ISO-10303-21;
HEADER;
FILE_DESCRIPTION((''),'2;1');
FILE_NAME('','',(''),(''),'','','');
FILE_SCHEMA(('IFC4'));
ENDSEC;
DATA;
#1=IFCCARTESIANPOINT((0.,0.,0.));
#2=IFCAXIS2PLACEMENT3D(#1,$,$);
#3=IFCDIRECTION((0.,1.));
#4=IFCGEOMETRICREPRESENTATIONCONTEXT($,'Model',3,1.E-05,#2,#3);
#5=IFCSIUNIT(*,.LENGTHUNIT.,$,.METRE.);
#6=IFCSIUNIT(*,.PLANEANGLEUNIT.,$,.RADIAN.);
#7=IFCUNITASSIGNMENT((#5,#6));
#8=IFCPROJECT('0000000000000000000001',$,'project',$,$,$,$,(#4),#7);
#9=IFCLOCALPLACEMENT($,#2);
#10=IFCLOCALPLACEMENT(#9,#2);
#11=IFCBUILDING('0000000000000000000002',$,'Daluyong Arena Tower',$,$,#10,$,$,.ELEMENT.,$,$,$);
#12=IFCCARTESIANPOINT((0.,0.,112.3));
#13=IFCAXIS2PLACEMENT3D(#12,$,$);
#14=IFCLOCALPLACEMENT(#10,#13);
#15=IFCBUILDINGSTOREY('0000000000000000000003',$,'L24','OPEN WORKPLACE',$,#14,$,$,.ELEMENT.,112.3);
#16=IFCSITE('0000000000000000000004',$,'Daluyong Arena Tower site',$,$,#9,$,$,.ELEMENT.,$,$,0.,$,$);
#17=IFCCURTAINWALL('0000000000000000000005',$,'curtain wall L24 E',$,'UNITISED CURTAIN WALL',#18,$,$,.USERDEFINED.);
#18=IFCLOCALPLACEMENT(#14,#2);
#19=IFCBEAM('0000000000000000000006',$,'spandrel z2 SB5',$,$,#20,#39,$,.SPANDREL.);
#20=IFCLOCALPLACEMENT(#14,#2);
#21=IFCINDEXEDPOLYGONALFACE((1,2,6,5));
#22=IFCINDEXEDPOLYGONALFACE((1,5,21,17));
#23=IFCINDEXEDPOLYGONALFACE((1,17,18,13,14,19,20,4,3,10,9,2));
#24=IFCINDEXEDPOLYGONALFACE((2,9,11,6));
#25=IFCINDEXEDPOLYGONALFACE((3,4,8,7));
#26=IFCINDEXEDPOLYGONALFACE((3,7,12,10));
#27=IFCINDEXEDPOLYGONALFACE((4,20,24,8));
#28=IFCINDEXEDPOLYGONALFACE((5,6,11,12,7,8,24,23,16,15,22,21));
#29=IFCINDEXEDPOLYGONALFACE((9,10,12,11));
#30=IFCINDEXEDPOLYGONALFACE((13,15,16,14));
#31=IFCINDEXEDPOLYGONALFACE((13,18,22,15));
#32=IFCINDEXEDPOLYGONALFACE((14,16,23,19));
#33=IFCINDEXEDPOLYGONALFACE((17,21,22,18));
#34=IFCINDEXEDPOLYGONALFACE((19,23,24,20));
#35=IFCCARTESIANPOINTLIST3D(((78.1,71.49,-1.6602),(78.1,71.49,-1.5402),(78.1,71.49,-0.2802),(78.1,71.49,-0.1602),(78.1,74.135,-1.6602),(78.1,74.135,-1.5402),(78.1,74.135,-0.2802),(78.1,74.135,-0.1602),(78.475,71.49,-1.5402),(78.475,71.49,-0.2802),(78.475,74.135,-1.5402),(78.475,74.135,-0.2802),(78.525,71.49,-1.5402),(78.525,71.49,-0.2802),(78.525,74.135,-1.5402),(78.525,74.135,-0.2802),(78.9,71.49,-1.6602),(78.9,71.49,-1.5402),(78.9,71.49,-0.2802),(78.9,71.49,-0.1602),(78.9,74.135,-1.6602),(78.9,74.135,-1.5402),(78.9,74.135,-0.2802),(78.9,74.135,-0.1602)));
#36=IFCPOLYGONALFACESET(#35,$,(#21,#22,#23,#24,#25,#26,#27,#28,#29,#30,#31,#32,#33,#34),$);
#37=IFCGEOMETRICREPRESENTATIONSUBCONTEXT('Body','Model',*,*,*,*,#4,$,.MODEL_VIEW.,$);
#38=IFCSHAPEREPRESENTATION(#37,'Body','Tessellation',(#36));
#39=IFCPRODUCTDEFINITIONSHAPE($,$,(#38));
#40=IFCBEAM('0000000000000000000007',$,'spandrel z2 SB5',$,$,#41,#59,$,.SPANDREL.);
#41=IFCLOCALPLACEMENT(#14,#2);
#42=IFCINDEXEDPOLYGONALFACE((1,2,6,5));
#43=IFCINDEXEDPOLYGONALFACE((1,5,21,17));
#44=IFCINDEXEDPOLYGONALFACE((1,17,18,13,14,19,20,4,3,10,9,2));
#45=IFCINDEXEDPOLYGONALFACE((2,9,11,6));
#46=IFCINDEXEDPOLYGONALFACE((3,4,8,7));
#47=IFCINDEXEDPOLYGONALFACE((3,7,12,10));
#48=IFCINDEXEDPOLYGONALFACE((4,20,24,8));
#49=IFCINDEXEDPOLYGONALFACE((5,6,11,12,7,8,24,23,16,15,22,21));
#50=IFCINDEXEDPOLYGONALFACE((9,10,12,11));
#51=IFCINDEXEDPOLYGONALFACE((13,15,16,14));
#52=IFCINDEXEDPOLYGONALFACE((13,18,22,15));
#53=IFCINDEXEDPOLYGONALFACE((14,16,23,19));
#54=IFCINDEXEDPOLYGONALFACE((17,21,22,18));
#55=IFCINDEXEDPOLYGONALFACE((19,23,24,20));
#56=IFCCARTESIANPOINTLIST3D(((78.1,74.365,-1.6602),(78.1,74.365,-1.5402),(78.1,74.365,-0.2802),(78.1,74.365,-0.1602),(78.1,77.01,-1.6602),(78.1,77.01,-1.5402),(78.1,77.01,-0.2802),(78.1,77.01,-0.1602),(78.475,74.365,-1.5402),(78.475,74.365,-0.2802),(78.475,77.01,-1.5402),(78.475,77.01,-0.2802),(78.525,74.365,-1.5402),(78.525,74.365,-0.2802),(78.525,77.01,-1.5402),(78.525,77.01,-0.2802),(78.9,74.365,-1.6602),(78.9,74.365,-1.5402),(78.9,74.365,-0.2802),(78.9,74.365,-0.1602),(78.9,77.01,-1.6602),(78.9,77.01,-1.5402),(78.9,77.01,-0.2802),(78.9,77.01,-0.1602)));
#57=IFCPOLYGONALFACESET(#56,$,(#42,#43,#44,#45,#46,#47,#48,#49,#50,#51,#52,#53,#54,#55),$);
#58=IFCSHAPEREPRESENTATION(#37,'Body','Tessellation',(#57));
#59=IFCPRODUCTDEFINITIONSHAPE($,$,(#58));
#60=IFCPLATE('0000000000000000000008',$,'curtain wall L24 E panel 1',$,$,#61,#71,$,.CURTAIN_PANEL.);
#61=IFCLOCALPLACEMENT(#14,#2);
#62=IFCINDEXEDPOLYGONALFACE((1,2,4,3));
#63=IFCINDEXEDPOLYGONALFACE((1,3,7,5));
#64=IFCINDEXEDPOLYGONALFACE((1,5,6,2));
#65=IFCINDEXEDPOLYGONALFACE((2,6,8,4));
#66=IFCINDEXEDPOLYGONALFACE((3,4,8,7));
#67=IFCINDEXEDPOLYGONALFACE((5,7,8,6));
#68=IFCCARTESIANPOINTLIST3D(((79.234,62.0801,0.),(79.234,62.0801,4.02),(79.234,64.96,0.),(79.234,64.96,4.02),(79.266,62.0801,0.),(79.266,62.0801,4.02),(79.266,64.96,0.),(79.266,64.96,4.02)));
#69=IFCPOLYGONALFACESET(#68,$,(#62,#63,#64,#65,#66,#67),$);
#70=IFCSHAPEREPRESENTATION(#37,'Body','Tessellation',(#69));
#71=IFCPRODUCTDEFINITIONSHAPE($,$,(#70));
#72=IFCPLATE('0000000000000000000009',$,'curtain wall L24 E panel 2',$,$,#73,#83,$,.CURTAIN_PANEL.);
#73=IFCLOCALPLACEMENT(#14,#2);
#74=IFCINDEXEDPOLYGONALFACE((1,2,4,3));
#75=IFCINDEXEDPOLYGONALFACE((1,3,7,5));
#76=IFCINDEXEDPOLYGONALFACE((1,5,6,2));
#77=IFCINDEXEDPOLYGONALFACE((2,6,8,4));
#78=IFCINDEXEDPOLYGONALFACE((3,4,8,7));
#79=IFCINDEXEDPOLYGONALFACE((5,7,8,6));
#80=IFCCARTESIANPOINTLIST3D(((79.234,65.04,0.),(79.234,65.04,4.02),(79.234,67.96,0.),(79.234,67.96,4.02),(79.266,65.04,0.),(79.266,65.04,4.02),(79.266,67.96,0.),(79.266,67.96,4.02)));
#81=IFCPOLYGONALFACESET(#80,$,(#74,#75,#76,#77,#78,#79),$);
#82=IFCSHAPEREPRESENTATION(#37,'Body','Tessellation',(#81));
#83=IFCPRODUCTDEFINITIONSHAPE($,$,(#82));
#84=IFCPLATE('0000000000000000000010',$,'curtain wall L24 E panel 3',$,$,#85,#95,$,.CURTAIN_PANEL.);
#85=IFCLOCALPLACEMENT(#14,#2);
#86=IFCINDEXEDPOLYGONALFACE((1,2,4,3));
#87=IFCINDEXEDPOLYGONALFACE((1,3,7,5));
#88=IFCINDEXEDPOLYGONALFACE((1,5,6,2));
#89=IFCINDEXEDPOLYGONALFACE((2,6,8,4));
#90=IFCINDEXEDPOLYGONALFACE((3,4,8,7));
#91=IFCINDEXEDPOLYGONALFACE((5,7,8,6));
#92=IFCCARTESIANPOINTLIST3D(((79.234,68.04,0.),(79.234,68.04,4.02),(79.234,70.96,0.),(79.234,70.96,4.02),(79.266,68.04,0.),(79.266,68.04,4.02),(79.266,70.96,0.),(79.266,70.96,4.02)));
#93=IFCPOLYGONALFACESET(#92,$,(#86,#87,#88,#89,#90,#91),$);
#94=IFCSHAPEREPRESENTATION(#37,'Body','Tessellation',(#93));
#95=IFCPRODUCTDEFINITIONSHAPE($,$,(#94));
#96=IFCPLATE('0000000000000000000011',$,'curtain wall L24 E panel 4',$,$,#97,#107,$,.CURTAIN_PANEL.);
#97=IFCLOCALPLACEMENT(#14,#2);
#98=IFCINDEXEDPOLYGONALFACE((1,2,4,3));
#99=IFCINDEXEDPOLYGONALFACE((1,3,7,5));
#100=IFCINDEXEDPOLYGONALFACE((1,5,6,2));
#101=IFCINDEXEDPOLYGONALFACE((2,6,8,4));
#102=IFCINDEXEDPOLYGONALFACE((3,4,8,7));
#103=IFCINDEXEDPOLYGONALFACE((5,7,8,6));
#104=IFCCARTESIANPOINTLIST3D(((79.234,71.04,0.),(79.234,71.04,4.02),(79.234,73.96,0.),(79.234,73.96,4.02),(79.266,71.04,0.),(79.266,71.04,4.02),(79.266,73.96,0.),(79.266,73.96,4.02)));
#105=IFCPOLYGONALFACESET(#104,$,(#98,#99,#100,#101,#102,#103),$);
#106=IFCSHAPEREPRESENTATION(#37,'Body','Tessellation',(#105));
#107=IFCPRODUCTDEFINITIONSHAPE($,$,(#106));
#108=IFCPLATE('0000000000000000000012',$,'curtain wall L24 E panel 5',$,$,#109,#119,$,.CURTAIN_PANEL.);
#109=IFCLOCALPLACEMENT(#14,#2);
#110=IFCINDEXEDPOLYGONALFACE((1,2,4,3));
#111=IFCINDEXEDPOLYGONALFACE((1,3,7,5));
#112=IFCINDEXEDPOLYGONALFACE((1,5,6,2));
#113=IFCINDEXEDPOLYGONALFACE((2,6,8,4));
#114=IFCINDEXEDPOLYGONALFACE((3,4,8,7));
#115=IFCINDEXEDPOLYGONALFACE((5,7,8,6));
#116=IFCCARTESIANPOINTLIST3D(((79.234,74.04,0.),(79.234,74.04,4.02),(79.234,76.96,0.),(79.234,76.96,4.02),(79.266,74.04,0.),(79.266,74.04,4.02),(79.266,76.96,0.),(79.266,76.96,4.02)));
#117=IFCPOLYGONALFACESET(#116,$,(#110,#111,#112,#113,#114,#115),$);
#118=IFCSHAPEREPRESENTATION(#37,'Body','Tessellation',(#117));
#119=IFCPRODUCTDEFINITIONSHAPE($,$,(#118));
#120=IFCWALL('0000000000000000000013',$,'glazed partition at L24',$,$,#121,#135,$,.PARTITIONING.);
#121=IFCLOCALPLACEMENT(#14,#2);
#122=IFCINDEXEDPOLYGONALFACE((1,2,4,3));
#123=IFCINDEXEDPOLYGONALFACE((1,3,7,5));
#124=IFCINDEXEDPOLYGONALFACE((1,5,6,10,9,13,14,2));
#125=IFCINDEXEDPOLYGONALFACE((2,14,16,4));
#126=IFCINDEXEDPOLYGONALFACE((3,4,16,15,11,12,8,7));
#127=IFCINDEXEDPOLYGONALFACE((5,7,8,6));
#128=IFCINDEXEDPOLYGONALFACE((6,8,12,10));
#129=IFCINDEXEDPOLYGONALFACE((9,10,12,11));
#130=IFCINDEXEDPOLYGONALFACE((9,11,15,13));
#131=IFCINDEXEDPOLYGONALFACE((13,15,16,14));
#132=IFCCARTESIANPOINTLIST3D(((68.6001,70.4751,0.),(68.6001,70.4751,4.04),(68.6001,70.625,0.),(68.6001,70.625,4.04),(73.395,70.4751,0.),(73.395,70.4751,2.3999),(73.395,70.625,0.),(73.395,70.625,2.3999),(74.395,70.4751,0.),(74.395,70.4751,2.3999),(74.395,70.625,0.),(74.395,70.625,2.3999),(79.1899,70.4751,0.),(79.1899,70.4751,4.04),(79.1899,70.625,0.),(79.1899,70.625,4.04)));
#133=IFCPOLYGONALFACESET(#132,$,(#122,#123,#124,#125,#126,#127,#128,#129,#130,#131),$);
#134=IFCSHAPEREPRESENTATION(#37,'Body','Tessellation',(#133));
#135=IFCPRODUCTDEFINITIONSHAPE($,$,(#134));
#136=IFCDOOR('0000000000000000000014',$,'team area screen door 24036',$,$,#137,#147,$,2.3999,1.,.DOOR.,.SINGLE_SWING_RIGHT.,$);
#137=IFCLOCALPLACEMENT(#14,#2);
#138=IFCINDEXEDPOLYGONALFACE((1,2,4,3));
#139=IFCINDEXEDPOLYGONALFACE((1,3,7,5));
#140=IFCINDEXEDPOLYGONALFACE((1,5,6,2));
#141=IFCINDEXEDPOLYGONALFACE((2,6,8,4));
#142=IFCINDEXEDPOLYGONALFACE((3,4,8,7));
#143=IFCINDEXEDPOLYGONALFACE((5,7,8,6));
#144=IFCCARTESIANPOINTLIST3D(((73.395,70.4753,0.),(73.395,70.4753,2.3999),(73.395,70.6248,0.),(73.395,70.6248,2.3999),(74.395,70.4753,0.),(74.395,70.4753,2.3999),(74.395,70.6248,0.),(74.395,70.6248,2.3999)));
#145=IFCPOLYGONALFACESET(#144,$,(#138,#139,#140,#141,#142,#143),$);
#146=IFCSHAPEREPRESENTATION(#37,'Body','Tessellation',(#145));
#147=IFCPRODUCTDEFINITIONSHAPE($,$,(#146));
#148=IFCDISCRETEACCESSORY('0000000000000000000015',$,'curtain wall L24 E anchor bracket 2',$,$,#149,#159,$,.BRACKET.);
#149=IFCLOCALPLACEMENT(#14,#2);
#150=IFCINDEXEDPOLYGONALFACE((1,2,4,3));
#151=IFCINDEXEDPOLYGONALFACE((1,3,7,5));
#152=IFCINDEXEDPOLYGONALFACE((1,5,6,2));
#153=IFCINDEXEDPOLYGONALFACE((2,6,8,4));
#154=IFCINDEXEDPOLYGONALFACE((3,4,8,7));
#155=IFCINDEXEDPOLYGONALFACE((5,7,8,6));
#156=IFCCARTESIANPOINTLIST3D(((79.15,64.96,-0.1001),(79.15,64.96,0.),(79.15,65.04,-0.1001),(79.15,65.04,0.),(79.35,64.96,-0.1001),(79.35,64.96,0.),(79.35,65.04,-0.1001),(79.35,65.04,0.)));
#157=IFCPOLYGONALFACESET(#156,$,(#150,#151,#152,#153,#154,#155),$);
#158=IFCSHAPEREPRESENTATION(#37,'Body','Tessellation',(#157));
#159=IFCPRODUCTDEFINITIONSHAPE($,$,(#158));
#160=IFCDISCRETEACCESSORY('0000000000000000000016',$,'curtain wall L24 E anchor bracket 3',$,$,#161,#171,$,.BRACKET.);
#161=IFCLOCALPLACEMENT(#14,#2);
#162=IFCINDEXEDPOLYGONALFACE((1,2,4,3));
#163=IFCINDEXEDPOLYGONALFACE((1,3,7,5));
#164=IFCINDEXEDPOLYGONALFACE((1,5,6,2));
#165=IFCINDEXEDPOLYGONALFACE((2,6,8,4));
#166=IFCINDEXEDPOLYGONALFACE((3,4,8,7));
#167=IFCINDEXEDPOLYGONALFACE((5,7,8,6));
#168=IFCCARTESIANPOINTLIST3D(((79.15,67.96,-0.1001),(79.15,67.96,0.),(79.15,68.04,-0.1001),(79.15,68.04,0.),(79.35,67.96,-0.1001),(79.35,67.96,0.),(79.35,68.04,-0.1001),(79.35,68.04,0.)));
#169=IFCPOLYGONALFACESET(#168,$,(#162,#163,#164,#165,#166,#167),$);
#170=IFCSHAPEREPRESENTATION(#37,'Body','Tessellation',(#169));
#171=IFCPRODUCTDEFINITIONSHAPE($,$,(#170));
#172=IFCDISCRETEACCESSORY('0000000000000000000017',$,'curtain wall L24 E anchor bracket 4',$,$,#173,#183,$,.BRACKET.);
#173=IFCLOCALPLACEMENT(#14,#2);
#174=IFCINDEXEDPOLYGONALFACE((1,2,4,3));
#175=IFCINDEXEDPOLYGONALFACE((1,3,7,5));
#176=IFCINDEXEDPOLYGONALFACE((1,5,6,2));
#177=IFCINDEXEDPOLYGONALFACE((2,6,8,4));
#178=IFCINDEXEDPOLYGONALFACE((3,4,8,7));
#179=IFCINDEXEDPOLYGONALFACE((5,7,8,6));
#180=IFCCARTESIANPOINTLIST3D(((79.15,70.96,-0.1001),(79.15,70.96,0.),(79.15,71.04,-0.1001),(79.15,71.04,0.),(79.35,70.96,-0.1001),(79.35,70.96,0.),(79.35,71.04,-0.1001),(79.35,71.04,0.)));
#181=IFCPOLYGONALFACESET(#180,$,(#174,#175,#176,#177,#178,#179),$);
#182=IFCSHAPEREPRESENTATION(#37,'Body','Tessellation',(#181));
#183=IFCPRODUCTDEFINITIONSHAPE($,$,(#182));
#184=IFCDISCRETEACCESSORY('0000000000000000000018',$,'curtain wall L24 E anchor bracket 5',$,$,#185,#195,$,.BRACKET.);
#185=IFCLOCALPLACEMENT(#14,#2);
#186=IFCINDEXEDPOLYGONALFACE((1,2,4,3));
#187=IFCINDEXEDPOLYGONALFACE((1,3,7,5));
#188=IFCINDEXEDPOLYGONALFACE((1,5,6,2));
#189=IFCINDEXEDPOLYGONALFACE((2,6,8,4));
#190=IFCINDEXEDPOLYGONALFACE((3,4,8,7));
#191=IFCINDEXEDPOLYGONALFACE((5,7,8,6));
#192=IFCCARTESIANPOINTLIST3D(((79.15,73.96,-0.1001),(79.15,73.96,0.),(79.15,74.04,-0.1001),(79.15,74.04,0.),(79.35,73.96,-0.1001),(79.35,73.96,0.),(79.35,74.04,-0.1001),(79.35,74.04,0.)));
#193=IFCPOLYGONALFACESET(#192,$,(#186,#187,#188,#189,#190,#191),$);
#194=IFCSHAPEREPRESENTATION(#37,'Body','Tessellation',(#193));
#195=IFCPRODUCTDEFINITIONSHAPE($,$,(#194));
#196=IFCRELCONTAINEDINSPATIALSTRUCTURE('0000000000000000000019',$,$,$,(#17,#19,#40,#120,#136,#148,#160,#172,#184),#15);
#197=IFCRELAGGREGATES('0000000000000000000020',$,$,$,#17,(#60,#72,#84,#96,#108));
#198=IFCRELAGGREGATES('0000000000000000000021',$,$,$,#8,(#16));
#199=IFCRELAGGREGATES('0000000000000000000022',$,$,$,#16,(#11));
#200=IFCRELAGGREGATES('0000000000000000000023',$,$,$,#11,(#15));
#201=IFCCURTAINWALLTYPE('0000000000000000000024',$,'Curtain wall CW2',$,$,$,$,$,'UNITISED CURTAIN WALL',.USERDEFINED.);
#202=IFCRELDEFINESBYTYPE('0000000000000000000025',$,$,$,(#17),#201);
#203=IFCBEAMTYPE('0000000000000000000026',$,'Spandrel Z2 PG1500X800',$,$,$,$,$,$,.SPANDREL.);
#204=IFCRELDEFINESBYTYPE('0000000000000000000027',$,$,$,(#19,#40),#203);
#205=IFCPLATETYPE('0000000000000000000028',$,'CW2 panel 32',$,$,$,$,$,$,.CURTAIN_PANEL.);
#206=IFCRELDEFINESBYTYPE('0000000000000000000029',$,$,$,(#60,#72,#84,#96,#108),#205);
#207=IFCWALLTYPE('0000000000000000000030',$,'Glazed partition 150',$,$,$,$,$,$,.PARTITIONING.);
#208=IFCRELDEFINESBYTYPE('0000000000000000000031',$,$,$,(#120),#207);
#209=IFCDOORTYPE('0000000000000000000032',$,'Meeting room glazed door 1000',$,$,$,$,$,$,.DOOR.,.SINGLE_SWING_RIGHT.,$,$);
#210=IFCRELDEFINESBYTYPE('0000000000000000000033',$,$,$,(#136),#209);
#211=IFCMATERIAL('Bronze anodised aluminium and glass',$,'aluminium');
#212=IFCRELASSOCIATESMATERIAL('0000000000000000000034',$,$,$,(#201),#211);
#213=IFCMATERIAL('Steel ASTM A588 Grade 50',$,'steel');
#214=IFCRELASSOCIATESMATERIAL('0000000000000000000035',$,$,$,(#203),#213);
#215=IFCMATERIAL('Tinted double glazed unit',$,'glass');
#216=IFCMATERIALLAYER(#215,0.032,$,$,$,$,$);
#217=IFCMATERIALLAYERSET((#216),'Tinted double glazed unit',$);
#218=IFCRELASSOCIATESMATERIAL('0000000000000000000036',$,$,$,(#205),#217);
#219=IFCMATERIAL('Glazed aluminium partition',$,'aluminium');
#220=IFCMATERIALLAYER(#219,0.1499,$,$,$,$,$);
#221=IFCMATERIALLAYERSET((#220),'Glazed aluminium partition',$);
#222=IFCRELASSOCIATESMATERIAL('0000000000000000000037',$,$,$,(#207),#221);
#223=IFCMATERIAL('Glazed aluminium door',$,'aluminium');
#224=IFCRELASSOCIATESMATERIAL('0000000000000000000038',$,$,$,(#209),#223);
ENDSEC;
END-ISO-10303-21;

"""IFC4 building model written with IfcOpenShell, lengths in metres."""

from ifc_helpers import new_model, si_unit, direction, frame, frame_2d, origin, origin_2d, place, context, subcontext, project, spatial, rectangle, i_section, extrude, material, layer, layer_set, material_profile, profile_set, type_object, element, fill, aggregate, save


model = new_model("IFC4")

# Units and contexts
model_context = context("Model", 3, precision=1e-05, world=origin(), true_north=direction((0.0, 1.0)))
body_context = subcontext(model_context, "Body", "Model", "MODEL_VIEW")
ifc_project = project(units=[si_unit("LENGTHUNIT", "METRE"), si_unit("PLANEANGLEUNIT", "RADIAN")], contexts=[model_context])

# Site, building, storey
site_placement = place(None, origin())
site = spatial("IfcSite", under=ifc_project, at=site_placement, Name="Daluyong Arena Tower site", CompositionType="ELEMENT", RefElevation=0.0)
building_placement = place(site_placement, origin())
building = spatial("IfcBuilding", under=site, at=building_placement, Name="Daluyong Arena Tower", CompositionType="ELEMENT")
storey_placement = place(building_placement, frame((0.0, 0.0, 112.3)))
storey = spatial("IfcBuildingStorey", under=building, at=storey_placement, Name="L24", Description="OPEN WORKPLACE", CompositionType="ELEMENT", Elevation=112.3)

# Curtain wall
ifc_material_1 = material(Name="Bronze anodised aluminium and glass", Category="aluminium")
curtain_wall_type = type_object("IfcCurtainWallType", Name="Curtain wall CW2", ElementType="UNITISED CURTAIN WALL", PredefinedType="USERDEFINED", material=ifc_material_1)
curtain_wall_placement = place(storey_placement, origin())
curtain_wall = element("IfcCurtainWall", 1, at=curtain_wall_placement, inside=storey, type_object=curtain_wall_type, Name="curtain wall L24 E", ObjectType="UNITISED CURTAIN WALL", PredefinedType="USERDEFINED")

# Beams
ifc_material_2 = material(Name="Steel ASTM A588 Grade 50", Category="steel")
ifc_material_profile_1 = material_profile(ifc_material_2, i_section(OverallWidth=0.8, OverallDepth=1.5, WebThickness=0.05, FlangeThickness=0.12, at=origin_2d()))
ifc_profile_set_1 = profile_set([ifc_material_profile_1], Name="Steel ASTM A588 Grade 50")
beam_type_1 = type_object("IfcBeamType", Name="Spandrel Z2 PG1500X800", PredefinedType="SPANDREL", material=ifc_profile_set_1)
for number, where, z_axis, x_axis, name in (
    (2, (78.5, 71.49, -0.9102), (0.0, 1.0, 0.0), (-1.0, 0.0, 0.0), "spandrel z2 SB5"),
    (3, (78.5, 74.365, -0.9102), (0.0, 1.0, 0.0), (-1.0, 0.0, 0.0), "spandrel z2 SB5"),
):
    element("IfcBeam", number, at=place(storey_placement, frame(where, z_axis=z_axis, x_axis=x_axis)), inside=storey, type_object=beam_type_1, Name=name, PredefinedType="SPANDREL", context=body_context, shape_type="SweptSolid", body=[
        extrude(i_section(OverallWidth=0.8, OverallDepth=1.5, WebThickness=0.05, FlangeThickness=0.12, at=origin_2d()), origin(), (0.0, 0.0, 1.0), 2.645),
    ])

# Plates
ifc_material_3 = material(Name="Tinted double glazed unit", Category="glass")
ifc_layer_1 = layer(ifc_material_3, 0.032)
ifc_layer_set_1 = layer_set([ifc_layer_1], Name="Tinted double glazed unit")
plate_type = type_object("IfcPlateType", Name="CW2 panel 32", PredefinedType="CURTAIN_PANEL", material=ifc_layer_set_1)
plate_1_placement = place(storey_placement, frame((79.25, 63.52, 0.0), z_axis=(0.0, 0.0, 1.0), x_axis=(0.0, 1.0, 0.0)))
plate_1 = element("IfcPlate", 4, at=plate_1_placement, type_object=plate_type, Name="curtain wall L24 E panel 1", PredefinedType="CURTAIN_PANEL", context=body_context, shape_type="SweptSolid", body=[
    extrude(rectangle(XDim=2.8799, YDim=0.032, at=origin_2d()), origin(), (0.0, 0.0, 1.0), 4.02),
])
plate_2_placement = place(storey_placement, frame((79.25, 66.5, 0.0), z_axis=(0.0, 0.0, 1.0), x_axis=(0.0, 1.0, 0.0)))
plate_2 = element("IfcPlate", 5, at=plate_2_placement, type_object=plate_type, Name="curtain wall L24 E panel 2", PredefinedType="CURTAIN_PANEL", context=body_context, shape_type="SweptSolid", body=[
    extrude(rectangle(XDim=2.9199, YDim=0.032, at=origin_2d()), origin(), (0.0, 0.0, 1.0), 4.02),
])
plate_3_placement = place(storey_placement, frame((79.25, 69.5, 0.0), z_axis=(0.0, 0.0, 1.0), x_axis=(0.0, 1.0, 0.0)))
plate_3 = element("IfcPlate", 6, at=plate_3_placement, type_object=plate_type, Name="curtain wall L24 E panel 3", PredefinedType="CURTAIN_PANEL", context=body_context, shape_type="SweptSolid", body=[
    extrude(rectangle(XDim=2.9199, YDim=0.032, at=origin_2d()), origin(), (0.0, 0.0, 1.0), 4.02),
])
plate_4_placement = place(storey_placement, frame((79.25, 72.5, 0.0), z_axis=(0.0, 0.0, 1.0), x_axis=(0.0, 1.0, 0.0)))
plate_4 = element("IfcPlate", 7, at=plate_4_placement, type_object=plate_type, Name="curtain wall L24 E panel 4", PredefinedType="CURTAIN_PANEL", context=body_context, shape_type="SweptSolid", body=[
    extrude(rectangle(XDim=2.9199, YDim=0.032, at=origin_2d()), origin(), (0.0, 0.0, 1.0), 4.02),
])
plate_5_placement = place(storey_placement, frame((79.25, 75.5, 0.0), z_axis=(0.0, 0.0, 1.0), x_axis=(0.0, 1.0, 0.0)))
plate_5 = element("IfcPlate", 8, at=plate_5_placement, type_object=plate_type, Name="curtain wall L24 E panel 5", PredefinedType="CURTAIN_PANEL", context=body_context, shape_type="SweptSolid", body=[
    extrude(rectangle(XDim=2.9199, YDim=0.032, at=origin_2d()), origin(), (0.0, 0.0, 1.0), 4.02),
])
aggregate(curtain_wall, [plate_1, plate_2, plate_3, plate_4, plate_5])

# Wall, opening, door
ifc_material_4 = material(Name="Glazed aluminium partition", Category="aluminium")
ifc_layer_2 = layer(ifc_material_4, 0.1499)
ifc_layer_set_2 = layer_set([ifc_layer_2], Name="Glazed aluminium partition")
wall_type_1 = type_object("IfcWallType", Name="Glazed partition 150", PredefinedType="PARTITIONING", material=ifc_layer_set_2)
wall_1_placement = place(storey_placement, frame((68.6001, 70.55, 0.0), z_axis=(0.0, 0.0, 1.0), x_axis=(1.0, 0.0, 0.0)))
wall_1 = element("IfcWall", 9, at=wall_1_placement, inside=storey, type_object=wall_type_1, Name="glazed partition at L24", PredefinedType="PARTITIONING", context=body_context, shape_type="SweptSolid", body=[
    extrude(rectangle(XDim=10.5898, YDim=0.1499, at=frame_2d((5.2949, 0.0))), origin(), (0.0, 0.0, 1.0), 4.04),
])
opening_1_placement = place(wall_1_placement, frame((4.7949, 0.0, 0.0)))
opening_1 = element("IfcOpeningElement", 10, at=opening_1_placement, cuts=wall_1, PredefinedType="OPENING", context=body_context, shape_type="SweptSolid", body=[
    extrude(rectangle(XDim=1.0, YDim=2.3999, at=frame_2d((0.5, 1.2))), frame((0.0, 0.085, 0.0), z_axis=(0.0, -1.0, 0.0), x_axis=(1.0, 0.0, 0.0)), (0.0, 0.0, 1.0), 0.1699),
])
ifc_material_5 = material(Name="Glazed aluminium door", Category="aluminium")
door_type_1 = type_object("IfcDoorType", Name="Meeting room glazed door 1000", OperationType="SINGLE_SWING_RIGHT", PredefinedType="DOOR", material=ifc_material_5)
door_1_placement = place(opening_1_placement, origin())
door_1 = element("IfcDoor", 11, at=door_1_placement, inside=storey, type_object=door_type_1, Name="team area screen door 24036", OperationType="SINGLE_SWING_RIGHT", OverallHeight=2.3999, OverallWidth=1.0, PredefinedType="DOOR", context=body_context, shape_type="SweptSolid", body=[
    extrude(rectangle(XDim=1.0, YDim=2.3999, at=frame_2d((0.5, 1.2))), frame((0.0, 0.0747, 0.0), z_axis=(0.0, -1.0, 0.0), x_axis=(1.0, 0.0, 0.0)), (0.0, 0.0, 1.0), 0.1494),
])
fill(opening_1, door_1)

# Discrete accessories
for number, where, z_axis, x_axis, name in (
    (12, (79.25, 65.0, -0.1001), (0.0, 0.0, 1.0), (0.0, 1.0, 0.0), "curtain wall L24 E anchor bracket 2"),
    (13, (79.25, 68.0, -0.1001), (0.0, 0.0, 1.0), (0.0, 1.0, 0.0), "curtain wall L24 E anchor bracket 3"),
    (14, (79.25, 71.0, -0.1001), (0.0, 0.0, 1.0), (0.0, 1.0, 0.0), "curtain wall L24 E anchor bracket 4"),
    (15, (79.25, 74.0, -0.1001), (0.0, 0.0, 1.0), (0.0, 1.0, 0.0), "curtain wall L24 E anchor bracket 5"),
):
    element("IfcDiscreteAccessory", number, at=place(storey_placement, frame(where, z_axis=z_axis, x_axis=x_axis)), inside=storey, Name=name, PredefinedType="BRACKET", context=body_context, shape_type="SweptSolid", body=[
        extrude(rectangle(XDim=0.0801, YDim=0.2, at=origin_2d()), origin(), (0.0, 0.0, 1.0), 0.1001),
    ])

save(model, "model.ifc")
